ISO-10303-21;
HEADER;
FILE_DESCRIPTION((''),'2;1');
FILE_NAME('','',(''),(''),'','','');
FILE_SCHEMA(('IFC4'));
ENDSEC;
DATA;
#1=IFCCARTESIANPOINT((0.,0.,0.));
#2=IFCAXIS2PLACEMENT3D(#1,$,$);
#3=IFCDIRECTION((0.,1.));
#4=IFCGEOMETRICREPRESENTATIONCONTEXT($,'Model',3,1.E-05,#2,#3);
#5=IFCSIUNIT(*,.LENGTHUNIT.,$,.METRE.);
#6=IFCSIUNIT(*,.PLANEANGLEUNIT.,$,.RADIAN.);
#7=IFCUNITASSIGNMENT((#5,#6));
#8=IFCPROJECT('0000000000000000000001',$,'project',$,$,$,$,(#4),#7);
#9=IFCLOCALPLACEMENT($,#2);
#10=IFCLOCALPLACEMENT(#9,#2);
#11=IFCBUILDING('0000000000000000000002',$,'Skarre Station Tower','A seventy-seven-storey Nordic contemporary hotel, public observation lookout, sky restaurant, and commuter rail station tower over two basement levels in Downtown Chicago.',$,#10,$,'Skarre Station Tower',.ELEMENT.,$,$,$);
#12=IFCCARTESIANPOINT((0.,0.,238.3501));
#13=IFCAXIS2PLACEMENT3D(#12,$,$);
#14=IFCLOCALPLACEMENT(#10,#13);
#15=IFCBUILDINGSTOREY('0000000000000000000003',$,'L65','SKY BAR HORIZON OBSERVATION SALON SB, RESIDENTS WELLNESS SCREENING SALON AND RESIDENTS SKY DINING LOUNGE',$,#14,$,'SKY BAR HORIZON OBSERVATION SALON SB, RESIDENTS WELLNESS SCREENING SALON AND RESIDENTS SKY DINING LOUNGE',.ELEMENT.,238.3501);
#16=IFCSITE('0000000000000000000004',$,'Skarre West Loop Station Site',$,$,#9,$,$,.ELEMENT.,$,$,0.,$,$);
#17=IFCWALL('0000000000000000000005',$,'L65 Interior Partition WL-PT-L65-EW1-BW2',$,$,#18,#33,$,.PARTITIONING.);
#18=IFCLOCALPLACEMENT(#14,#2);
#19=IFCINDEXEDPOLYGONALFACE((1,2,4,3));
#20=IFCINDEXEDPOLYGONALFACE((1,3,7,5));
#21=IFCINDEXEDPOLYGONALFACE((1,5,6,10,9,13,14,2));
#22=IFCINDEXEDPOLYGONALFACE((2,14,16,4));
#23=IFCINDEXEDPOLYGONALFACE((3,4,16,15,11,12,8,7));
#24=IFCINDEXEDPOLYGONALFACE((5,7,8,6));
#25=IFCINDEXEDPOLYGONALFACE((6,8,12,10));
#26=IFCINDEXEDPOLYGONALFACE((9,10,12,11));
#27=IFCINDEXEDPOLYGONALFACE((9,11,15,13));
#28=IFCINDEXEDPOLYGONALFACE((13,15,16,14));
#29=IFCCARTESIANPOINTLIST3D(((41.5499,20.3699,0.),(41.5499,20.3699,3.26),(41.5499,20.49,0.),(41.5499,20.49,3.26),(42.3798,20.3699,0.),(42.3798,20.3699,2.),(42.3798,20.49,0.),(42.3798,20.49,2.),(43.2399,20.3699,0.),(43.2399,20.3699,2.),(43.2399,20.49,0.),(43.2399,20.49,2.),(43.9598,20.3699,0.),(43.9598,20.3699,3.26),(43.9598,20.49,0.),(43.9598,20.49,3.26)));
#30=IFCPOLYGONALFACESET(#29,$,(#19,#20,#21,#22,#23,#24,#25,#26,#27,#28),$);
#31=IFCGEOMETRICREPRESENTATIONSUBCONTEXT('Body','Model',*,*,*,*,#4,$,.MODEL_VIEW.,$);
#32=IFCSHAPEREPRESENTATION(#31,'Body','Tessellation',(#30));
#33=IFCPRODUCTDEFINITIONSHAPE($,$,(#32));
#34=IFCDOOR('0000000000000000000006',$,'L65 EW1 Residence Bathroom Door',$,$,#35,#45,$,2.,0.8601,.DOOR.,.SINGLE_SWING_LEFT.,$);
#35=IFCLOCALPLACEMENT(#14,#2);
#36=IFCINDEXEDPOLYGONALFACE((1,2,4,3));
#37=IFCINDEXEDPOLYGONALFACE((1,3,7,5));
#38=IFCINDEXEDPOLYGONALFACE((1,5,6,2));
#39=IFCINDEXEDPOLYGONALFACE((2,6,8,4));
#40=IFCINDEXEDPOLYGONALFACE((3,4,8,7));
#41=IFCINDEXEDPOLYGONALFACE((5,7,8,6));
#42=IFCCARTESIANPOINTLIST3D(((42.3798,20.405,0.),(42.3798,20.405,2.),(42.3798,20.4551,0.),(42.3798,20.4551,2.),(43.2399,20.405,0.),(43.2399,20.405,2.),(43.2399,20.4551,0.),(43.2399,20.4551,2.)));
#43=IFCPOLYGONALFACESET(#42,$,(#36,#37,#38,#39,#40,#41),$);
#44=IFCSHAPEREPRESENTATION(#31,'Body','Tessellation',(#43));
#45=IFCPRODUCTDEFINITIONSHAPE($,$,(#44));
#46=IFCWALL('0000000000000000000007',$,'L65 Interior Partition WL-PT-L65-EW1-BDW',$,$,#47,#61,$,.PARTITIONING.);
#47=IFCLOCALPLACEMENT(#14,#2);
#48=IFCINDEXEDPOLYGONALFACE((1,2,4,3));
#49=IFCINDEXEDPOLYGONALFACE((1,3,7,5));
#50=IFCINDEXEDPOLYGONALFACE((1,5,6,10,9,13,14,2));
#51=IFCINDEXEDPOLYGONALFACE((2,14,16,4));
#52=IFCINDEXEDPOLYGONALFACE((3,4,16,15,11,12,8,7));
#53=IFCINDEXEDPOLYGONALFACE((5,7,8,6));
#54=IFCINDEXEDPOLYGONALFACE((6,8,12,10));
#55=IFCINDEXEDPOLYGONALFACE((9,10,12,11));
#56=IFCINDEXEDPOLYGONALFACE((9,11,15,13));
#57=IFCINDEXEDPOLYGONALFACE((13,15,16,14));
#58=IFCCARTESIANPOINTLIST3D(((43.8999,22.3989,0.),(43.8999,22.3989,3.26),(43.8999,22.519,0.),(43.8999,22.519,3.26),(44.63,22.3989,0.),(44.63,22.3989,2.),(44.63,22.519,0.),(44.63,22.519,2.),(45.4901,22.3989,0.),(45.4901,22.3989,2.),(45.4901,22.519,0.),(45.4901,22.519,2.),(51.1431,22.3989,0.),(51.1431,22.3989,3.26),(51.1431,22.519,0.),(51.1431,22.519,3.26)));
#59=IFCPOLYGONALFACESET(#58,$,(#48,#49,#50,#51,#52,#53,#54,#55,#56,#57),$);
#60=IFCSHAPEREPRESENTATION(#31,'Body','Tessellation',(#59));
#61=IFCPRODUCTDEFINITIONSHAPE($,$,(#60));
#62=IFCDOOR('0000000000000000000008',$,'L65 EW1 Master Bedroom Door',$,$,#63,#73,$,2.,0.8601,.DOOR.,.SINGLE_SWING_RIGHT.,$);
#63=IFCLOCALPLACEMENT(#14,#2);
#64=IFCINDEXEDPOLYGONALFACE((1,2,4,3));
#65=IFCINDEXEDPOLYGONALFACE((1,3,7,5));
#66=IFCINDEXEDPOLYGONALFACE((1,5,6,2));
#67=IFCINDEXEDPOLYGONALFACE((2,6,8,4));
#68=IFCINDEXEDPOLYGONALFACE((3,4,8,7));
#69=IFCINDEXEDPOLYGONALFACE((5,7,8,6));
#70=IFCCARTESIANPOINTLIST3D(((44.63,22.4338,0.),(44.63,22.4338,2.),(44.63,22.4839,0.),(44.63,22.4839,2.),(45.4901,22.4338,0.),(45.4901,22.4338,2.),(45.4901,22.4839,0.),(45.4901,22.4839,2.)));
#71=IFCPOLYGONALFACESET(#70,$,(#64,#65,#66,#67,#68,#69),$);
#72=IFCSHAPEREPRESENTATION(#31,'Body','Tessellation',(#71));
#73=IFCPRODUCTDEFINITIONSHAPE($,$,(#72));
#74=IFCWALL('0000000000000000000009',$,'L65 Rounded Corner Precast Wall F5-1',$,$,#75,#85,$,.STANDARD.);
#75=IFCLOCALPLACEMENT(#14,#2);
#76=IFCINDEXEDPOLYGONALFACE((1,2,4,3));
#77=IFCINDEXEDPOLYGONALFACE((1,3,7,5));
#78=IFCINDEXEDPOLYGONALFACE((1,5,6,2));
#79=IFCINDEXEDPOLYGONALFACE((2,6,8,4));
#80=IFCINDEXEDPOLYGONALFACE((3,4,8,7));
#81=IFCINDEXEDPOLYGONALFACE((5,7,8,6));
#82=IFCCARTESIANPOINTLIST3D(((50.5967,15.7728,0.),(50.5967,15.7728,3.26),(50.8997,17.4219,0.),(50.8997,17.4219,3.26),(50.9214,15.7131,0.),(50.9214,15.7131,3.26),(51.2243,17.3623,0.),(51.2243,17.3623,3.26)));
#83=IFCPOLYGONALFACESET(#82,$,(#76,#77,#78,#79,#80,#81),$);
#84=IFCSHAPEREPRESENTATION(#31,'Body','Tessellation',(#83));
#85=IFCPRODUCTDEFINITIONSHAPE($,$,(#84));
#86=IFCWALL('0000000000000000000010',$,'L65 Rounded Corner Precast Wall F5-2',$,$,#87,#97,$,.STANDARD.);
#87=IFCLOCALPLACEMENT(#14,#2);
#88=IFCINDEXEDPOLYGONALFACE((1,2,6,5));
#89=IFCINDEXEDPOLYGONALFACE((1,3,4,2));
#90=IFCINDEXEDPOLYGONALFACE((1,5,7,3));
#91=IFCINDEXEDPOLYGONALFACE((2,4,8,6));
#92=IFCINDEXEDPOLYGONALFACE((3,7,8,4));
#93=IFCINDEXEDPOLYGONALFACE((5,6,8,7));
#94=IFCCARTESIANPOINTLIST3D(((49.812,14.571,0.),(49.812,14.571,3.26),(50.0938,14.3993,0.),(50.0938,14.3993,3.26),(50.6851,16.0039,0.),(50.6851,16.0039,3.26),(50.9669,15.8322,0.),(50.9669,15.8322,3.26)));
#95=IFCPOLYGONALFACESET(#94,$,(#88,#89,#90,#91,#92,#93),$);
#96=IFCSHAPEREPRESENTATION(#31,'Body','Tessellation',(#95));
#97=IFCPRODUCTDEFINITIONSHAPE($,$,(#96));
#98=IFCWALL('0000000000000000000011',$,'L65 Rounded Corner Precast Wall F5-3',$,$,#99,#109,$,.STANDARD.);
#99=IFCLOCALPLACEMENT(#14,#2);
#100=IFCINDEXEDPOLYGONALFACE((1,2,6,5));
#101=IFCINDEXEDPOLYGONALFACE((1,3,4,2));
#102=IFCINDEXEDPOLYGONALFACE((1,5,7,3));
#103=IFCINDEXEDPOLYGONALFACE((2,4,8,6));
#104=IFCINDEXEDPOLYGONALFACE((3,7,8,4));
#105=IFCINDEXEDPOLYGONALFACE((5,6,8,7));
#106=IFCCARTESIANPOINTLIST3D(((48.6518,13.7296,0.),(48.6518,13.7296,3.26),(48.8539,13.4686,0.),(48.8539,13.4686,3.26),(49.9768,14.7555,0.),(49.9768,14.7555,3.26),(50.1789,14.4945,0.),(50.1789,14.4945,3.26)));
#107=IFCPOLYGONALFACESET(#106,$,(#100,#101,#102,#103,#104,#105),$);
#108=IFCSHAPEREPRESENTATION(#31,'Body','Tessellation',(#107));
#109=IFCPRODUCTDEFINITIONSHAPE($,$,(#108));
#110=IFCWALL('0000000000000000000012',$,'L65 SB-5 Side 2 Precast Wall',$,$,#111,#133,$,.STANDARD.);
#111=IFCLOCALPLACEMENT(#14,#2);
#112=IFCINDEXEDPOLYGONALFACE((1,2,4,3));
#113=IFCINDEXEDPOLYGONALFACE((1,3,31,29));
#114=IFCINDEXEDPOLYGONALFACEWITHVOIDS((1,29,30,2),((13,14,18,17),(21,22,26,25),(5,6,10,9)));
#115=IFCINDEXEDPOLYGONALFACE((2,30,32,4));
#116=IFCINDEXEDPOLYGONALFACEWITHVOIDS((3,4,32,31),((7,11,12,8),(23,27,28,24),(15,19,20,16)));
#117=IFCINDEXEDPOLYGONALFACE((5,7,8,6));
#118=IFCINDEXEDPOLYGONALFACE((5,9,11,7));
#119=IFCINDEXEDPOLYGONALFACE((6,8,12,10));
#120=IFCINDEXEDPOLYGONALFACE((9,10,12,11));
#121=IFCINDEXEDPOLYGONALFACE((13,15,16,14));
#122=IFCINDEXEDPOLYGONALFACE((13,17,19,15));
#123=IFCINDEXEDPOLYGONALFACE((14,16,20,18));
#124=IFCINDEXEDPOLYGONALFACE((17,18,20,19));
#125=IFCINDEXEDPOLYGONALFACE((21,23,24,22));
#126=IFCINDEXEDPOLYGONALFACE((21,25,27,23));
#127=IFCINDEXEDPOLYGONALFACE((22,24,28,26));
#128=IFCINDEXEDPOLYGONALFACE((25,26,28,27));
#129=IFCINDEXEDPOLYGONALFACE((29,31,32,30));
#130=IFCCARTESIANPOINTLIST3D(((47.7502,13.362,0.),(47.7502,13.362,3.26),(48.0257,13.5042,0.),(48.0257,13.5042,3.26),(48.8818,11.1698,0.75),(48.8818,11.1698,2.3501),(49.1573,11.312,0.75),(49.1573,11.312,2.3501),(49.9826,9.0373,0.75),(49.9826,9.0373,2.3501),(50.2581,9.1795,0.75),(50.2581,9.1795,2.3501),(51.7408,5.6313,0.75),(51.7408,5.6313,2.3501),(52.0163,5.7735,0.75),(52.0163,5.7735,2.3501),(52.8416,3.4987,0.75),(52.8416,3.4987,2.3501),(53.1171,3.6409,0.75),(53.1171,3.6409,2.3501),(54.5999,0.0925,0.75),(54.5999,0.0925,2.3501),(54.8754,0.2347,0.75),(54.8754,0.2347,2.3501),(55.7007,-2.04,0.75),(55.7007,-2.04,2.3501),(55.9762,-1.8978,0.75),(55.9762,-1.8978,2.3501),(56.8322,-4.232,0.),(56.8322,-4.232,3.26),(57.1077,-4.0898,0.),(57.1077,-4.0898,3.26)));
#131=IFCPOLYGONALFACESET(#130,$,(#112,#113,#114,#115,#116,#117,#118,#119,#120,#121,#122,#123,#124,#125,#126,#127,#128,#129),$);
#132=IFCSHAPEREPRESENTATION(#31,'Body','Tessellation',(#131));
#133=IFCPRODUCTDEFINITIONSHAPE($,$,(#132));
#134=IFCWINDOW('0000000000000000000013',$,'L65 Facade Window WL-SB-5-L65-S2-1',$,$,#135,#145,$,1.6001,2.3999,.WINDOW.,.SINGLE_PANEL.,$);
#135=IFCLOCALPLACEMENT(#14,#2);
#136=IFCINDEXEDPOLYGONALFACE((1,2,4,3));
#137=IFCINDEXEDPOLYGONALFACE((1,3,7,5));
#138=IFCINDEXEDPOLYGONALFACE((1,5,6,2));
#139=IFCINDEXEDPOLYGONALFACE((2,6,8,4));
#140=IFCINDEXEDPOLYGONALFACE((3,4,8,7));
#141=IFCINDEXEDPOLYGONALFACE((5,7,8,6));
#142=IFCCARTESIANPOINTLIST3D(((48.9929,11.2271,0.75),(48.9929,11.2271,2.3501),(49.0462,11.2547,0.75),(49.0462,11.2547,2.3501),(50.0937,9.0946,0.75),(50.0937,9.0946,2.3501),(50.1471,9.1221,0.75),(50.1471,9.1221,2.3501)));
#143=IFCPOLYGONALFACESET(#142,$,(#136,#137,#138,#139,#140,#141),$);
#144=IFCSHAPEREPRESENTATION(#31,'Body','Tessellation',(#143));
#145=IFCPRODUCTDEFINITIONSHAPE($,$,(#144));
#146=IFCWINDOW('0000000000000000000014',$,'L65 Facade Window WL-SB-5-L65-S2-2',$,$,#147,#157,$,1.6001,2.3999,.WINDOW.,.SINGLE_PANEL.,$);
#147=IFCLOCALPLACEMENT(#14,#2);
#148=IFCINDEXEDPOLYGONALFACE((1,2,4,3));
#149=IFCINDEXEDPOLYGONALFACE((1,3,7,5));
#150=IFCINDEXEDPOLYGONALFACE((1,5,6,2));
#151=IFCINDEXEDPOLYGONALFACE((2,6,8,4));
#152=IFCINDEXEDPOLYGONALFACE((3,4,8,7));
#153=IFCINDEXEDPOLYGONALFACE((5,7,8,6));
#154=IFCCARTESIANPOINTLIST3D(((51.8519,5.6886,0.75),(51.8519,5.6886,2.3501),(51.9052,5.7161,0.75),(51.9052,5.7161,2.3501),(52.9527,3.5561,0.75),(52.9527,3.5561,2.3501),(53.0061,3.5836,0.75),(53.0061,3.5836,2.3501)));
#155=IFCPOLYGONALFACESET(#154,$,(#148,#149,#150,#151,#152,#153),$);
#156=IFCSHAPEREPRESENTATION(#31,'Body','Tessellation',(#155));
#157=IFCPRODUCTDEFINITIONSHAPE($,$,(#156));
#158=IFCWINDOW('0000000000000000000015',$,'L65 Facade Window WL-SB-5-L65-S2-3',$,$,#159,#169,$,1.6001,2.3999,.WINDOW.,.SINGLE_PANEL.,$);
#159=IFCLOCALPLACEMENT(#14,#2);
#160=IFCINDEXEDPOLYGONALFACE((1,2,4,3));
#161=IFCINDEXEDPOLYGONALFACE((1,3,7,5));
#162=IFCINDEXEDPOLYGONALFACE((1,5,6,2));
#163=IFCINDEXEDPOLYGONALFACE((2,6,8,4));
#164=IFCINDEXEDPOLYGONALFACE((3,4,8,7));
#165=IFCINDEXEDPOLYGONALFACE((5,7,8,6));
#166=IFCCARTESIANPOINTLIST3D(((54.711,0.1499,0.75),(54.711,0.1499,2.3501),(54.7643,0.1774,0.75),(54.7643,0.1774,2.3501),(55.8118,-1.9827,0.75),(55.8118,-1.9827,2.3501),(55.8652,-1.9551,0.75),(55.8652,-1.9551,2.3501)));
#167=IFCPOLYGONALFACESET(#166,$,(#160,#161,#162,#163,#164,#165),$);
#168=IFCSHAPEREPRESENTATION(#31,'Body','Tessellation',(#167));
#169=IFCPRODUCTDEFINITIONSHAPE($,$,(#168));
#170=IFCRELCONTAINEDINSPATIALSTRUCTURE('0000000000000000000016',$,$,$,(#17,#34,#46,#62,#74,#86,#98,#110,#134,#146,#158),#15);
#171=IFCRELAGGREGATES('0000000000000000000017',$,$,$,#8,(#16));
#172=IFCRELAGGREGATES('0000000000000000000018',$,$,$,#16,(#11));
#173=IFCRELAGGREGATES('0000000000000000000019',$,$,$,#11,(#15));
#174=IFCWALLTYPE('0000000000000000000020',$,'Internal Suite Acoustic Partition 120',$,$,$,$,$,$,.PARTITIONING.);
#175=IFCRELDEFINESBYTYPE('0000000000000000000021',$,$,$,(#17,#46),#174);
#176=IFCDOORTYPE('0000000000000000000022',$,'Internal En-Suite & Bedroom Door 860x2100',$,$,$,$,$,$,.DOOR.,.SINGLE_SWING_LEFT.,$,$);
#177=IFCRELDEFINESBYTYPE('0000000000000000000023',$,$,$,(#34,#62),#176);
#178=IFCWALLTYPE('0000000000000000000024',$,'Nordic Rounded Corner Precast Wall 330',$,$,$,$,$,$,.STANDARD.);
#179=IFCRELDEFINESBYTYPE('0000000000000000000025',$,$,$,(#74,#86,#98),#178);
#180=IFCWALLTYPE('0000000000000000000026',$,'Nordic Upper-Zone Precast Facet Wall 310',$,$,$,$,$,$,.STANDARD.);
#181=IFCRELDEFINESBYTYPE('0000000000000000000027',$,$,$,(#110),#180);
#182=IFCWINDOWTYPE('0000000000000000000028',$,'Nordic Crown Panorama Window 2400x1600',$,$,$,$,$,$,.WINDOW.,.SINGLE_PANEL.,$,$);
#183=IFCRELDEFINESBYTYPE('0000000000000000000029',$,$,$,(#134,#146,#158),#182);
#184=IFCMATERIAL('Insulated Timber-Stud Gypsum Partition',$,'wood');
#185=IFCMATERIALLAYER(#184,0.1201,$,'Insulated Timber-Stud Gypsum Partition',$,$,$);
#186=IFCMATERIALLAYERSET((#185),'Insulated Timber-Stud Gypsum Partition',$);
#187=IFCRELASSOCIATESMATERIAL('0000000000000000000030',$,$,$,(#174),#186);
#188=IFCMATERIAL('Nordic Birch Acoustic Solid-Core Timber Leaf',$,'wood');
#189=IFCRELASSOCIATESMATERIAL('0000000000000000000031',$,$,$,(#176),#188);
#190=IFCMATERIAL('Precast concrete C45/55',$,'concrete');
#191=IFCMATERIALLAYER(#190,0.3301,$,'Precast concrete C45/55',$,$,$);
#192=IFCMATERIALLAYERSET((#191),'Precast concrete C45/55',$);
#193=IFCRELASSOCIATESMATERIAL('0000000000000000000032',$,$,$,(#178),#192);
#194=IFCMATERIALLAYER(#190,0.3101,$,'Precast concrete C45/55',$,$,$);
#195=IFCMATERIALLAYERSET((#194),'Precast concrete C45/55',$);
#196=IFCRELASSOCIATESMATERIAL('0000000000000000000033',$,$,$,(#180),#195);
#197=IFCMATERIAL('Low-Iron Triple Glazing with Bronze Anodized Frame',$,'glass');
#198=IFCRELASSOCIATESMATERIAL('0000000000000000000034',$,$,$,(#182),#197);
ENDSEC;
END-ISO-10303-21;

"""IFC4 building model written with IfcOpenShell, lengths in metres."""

from ifc_helpers import new_model, si_unit, direction, frame, frame_2d, origin, place, context, subcontext, project, spatial, rectangle, extrude, material, layer, layer_set, type_object, element, fill, save


model = new_model("IFC4")

# Units and contexts
model_context = context("Model", 3, precision=1e-05, world=origin(), true_north=direction((0.0, 1.0)))
body_context = subcontext(model_context, "Body", "Model", "MODEL_VIEW")
ifc_project = project(units=[si_unit("LENGTHUNIT", "METRE"), si_unit("PLANEANGLEUNIT", "RADIAN")], contexts=[model_context])

# Site, building, storey
site_placement = place(None, origin())
site = spatial("IfcSite", under=ifc_project, at=site_placement, Name="Skarre West Loop Station Site", CompositionType="ELEMENT", RefElevation=0.0)
building_placement = place(site_placement, origin())
building = spatial("IfcBuilding", under=site, at=building_placement, Name="Skarre Station Tower", Description="A seventy-seven-storey Nordic contemporary hotel, public observation lookout, sky restaurant, and commuter rail station tower over two basement levels in Downtown Chicago.", LongName="Skarre Station Tower", CompositionType="ELEMENT")
storey_placement = place(building_placement, frame((0.0, 0.0, 238.3501)))
storey = spatial("IfcBuildingStorey", under=building, at=storey_placement, Name="L65", Description="SKY BAR HORIZON OBSERVATION SALON SB, RESIDENTS WELLNESS SCREENING SALON AND RESIDENTS SKY DINING LOUNGE", LongName="SKY BAR HORIZON OBSERVATION SALON SB, RESIDENTS WELLNESS SCREENING SALON AND RESIDENTS SKY DINING LOUNGE", CompositionType="ELEMENT", Elevation=238.3501)

# Shared definitions
ifc_material_1 = material(Name="Insulated Timber-Stud Gypsum Partition", Category="wood")
ifc_layer_1 = layer(ifc_material_1, 0.1201, Name="Insulated Timber-Stud Gypsum Partition")
ifc_layer_set_1 = layer_set([ifc_layer_1], Name="Insulated Timber-Stud Gypsum Partition")
wall_type_1 = type_object("IfcWallType", Name="Internal Suite Acoustic Partition 120", PredefinedType="PARTITIONING", material=ifc_layer_set_1)

# Walls, openings, doors
wall_1_placement = place(storey_placement, frame((43.96, 20.4299, 0.0), z_axis=(0.0, 0.0, 1.0), x_axis=(-1.0, 0.0, 0.0)))
wall_1 = element("IfcWall", 1, at=wall_1_placement, inside=storey, type_object=wall_type_1, Name="L65 Interior Partition WL-PT-L65-EW1-BW2", PredefinedType="PARTITIONING", context=body_context, shape_type="SweptSolid", body=[
    extrude(rectangle(XDim=2.4099, YDim=0.1201, at=frame_2d((1.2051, 0.0))), origin(), (0.0, 0.0, 1.0), 3.26),
])
opening_1_placement = place(wall_1_placement, frame((0.72, 0.0, 0.0)))
opening_1 = element("IfcOpeningElement", 2, at=opening_1_placement, cuts=wall_1, PredefinedType="OPENING", context=body_context, shape_type="SweptSolid", body=[
    extrude(rectangle(XDim=0.8601, YDim=2.0, at=frame_2d((0.4302, 1.0))), frame((0.0, 0.0701, 0.0), z_axis=(0.0, -1.0, 0.0), x_axis=(1.0, 0.0, 0.0)), (0.0, 0.0, 1.0), 0.1401),
])
ifc_material_2 = material(Name="Nordic Birch Acoustic Solid-Core Timber Leaf", Category="wood")
door_type = type_object("IfcDoorType", Name="Internal En-Suite & Bedroom Door 860x2100", OperationType="SINGLE_SWING_LEFT", PredefinedType="DOOR", material=ifc_material_2)
door_1_placement = place(opening_1_placement, origin())
door_1 = element("IfcDoor", 3, at=door_1_placement, inside=storey, type_object=door_type, Name="L65 EW1 Residence Bathroom Door", OperationType="SINGLE_SWING_LEFT", OverallHeight=2.0, OverallWidth=0.8601, PredefinedType="DOOR", context=body_context, shape_type="SweptSolid", body=[
    extrude(rectangle(XDim=0.8601, YDim=2.0, at=frame_2d((0.4302, 1.0))), frame((0.0, 0.0249, 0.0), z_axis=(0.0, -1.0, 0.0), x_axis=(1.0, 0.0, 0.0)), (0.0, 0.0, 1.0), 0.05),
])
fill(opening_1, door_1)
wall_2_placement = place(storey_placement, frame((43.8999, 22.459, 0.0), z_axis=(0.0, 0.0, 1.0), x_axis=(1.0, 0.0, 0.0)))
wall_2 = element("IfcWall", 4, at=wall_2_placement, inside=storey, type_object=wall_type_1, Name="L65 Interior Partition WL-PT-L65-EW1-BDW", PredefinedType="PARTITIONING", context=body_context, shape_type="SweptSolid", body=[
    extrude(rectangle(XDim=7.2432, YDim=0.1201, at=frame_2d((3.6216, 0.0))), origin(), (0.0, 0.0, 1.0), 3.26),
])
opening_2_placement = place(wall_2_placement, frame((0.73, 0.0, 0.0)))
opening_2 = element("IfcOpeningElement", 5, at=opening_2_placement, cuts=wall_2, PredefinedType="OPENING", context=body_context, shape_type="SweptSolid", body=[
    extrude(rectangle(XDim=0.8601, YDim=2.0, at=frame_2d((0.4302, 1.0))), frame((0.0, 0.0701, 0.0), z_axis=(0.0, -1.0, 0.0), x_axis=(1.0, 0.0, 0.0)), (0.0, 0.0, 1.0), 0.1401),
])
door_2_placement = place(opening_2_placement, origin())
door_2 = element("IfcDoor", 6, at=door_2_placement, inside=storey, type_object=door_type, Name="L65 EW1 Master Bedroom Door", OperationType="SINGLE_SWING_RIGHT", OverallHeight=2.0, OverallWidth=0.8601, PredefinedType="DOOR", context=body_context, shape_type="SweptSolid", body=[
    extrude(rectangle(XDim=0.8601, YDim=2.0, at=frame_2d((0.4302, 1.0))), frame((0.0, 0.0249, 0.0), z_axis=(0.0, -1.0, 0.0), x_axis=(1.0, 0.0, 0.0)), (0.0, 0.0, 1.0), 0.05),
])
fill(opening_2, door_2)

# Walls
ifc_material_3 = material(Name="Precast concrete C45/55", Category="concrete")
ifc_layer_2 = layer(ifc_material_3, 0.3301, Name="Precast concrete C45/55")
ifc_layer_set_2 = layer_set([ifc_layer_2], Name="Precast concrete C45/55")
wall_type_2 = type_object("IfcWallType", Name="Nordic Rounded Corner Precast Wall 330", PredefinedType="STANDARD", material=ifc_layer_set_2)
wall_3_placement = place(storey_placement, frame((51.062, 17.3921, 0.0), z_axis=(0.0, 0.0, 1.0), x_axis=(-0.180692, -0.98354, 0.0)))
element("IfcWall", 7, at=wall_3_placement, inside=storey, type_object=wall_type_2, Name="L65 Rounded Corner Precast Wall F5-1", PredefinedType="STANDARD", context=body_context, shape_type="SweptSolid", body=[
    extrude(rectangle(XDim=1.6768, YDim=0.3301, at=frame_2d((0.8384, 0.0))), origin(), (0.0, 0.0, 1.0), 3.26),
])
wall_4_placement = place(storey_placement, frame((50.8259, 15.918, 0.0), z_axis=(0.0, 0.0, 1.0), x_axis=(-0.520325, -0.853968, 0.0)))
element("IfcWall", 8, at=wall_4_placement, inside=storey, type_object=wall_type_2, Name="L65 Rounded Corner Precast Wall F5-2", PredefinedType="STANDARD", context=body_context, shape_type="SweptSolid", body=[
    extrude(rectangle(XDim=1.678, YDim=0.3301, at=frame_2d((0.8389, 0.0))), origin(), (0.0, 0.0, 1.0), 3.26),
])
wall_5_placement = place(storey_placement, frame((50.0779, 14.625, 0.0), z_axis=(0.0, 0.0, 1.0), x_axis=(-0.790692, -0.612214, 0.0)))
element("IfcWall", 9, at=wall_5_placement, inside=storey, type_object=wall_type_2, Name="L65 Rounded Corner Precast Wall F5-3", PredefinedType="STANDARD", context=body_context, shape_type="SweptSolid", body=[
    extrude(rectangle(XDim=1.6758, YDim=0.3301, at=frame_2d((0.8379, 0.0))), origin(), (0.0, 0.0, 1.0), 3.26),
])

# Wall, openings, windows
ifc_layer_3 = layer(ifc_material_3, 0.3101, Name="Precast concrete C45/55")
ifc_layer_set_3 = layer_set([ifc_layer_3], Name="Precast concrete C45/55")
wall_type_3 = type_object("IfcWallType", Name="Nordic Upper-Zone Precast Facet Wall 310", PredefinedType="STANDARD", material=ifc_layer_set_3)
wall_6_placement = place(storey_placement, frame((47.8879, 13.4331, 0.0), z_axis=(0.0, 0.0, 1.0), x_axis=(0.458693, -0.888595, 0.0)))
wall_6 = element("IfcWall", 10, at=wall_6_placement, inside=storey, type_object=wall_type_3, Name="L65 SB-5 Side 2 Precast Wall", PredefinedType="STANDARD", context=body_context, shape_type="SweptSolid", body=[
    extrude(rectangle(XDim=19.7998, YDim=0.3101, at=frame_2d((9.8999, 0.0))), origin(), (0.0, 0.0, 1.0), 3.26),
])
opening_3_placement = place(wall_6_placement, frame((2.467, 0.0, 0.75)))
opening_3 = element("IfcOpeningElement", 11, at=opening_3_placement, cuts=wall_6, PredefinedType="OPENING", context=body_context, shape_type="SweptSolid", body=[
    extrude(rectangle(XDim=2.3999, YDim=1.6001, at=frame_2d((1.2, 0.8))), frame((0.0, 0.165, 0.0), z_axis=(0.0, -1.0, 0.0), x_axis=(1.0, 0.0, 0.0)), (0.0, 0.0, 1.0), 0.3301),
])
opening_4_placement = place(wall_6_placement, frame((8.7, 0.0, 0.75)))
opening_4 = element("IfcOpeningElement", 12, at=opening_4_placement, cuts=wall_6, PredefinedType="OPENING", context=body_context, shape_type="SweptSolid", body=[
    extrude(rectangle(XDim=2.3999, YDim=1.6001, at=frame_2d((1.2, 0.8))), frame((0.0, 0.165, 0.0), z_axis=(0.0, -1.0, 0.0), x_axis=(1.0, 0.0, 0.0)), (0.0, 0.0, 1.0), 0.3301),
])
opening_5_placement = place(wall_6_placement, frame((14.9331, 0.0, 0.75)))
opening_5 = element("IfcOpeningElement", 13, at=opening_5_placement, cuts=wall_6, PredefinedType="OPENING", context=body_context, shape_type="SweptSolid", body=[
    extrude(rectangle(XDim=2.3999, YDim=1.6001, at=frame_2d((1.2, 0.8))), frame((0.0, 0.165, 0.0), z_axis=(0.0, -1.0, 0.0), x_axis=(1.0, 0.0, 0.0)), (0.0, 0.0, 1.0), 0.3301),
])
ifc_material_4 = material(Name="Low-Iron Triple Glazing with Bronze Anodized Frame", Category="glass")
window_type = type_object("IfcWindowType", Name="Nordic Crown Panorama Window 2400x1600", PartitioningType="SINGLE_PANEL", PredefinedType="WINDOW", material=ifc_material_4)
window_1_placement = place(opening_3_placement, origin())
window_1 = element("IfcWindow", 14, at=window_1_placement, inside=storey, type_object=window_type, Name="L65 Facade Window WL-SB-5-L65-S2-1", OverallHeight=1.6001, OverallWidth=2.3999, PartitioningType="SINGLE_PANEL", PredefinedType="WINDOW", context=body_context, shape_type="SweptSolid", body=[
    extrude(rectangle(XDim=2.3999, YDim=1.6001, at=frame_2d((1.2, 0.8))), frame((0.0, 0.03, 0.0), z_axis=(0.0, -1.0, 0.0), x_axis=(1.0, 0.0, 0.0)), (0.0, 0.0, 1.0), 0.0601),
])
fill(opening_3, window_1)
window_2_placement = place(opening_4_placement, origin())
window_2 = element("IfcWindow", 15, at=window_2_placement, inside=storey, type_object=window_type, Name="L65 Facade Window WL-SB-5-L65-S2-2", OverallHeight=1.6001, OverallWidth=2.3999, PartitioningType="SINGLE_PANEL", PredefinedType="WINDOW", context=body_context, shape_type="SweptSolid", body=[
    extrude(rectangle(XDim=2.3999, YDim=1.6001, at=frame_2d((1.2, 0.8))), frame((0.0, 0.03, 0.0), z_axis=(0.0, -1.0, 0.0), x_axis=(1.0, 0.0, 0.0)), (0.0, 0.0, 1.0), 0.0601),
])
fill(opening_4, window_2)
window_3_placement = place(opening_5_placement, origin())
window_3 = element("IfcWindow", 16, at=window_3_placement, inside=storey, type_object=window_type, Name="L65 Facade Window WL-SB-5-L65-S2-3", OverallHeight=1.6001, OverallWidth=2.3999, PartitioningType="SINGLE_PANEL", PredefinedType="WINDOW", context=body_context, shape_type="SweptSolid", body=[
    extrude(rectangle(XDim=2.3999, YDim=1.6001, at=frame_2d((1.2, 0.8))), frame((0.0, 0.03, 0.0), z_axis=(0.0, -1.0, 0.0), x_axis=(1.0, 0.0, 0.0)), (0.0, 0.0, 1.0), 0.0601),
])
fill(opening_5, window_3)

save(model, "model.ifc")
